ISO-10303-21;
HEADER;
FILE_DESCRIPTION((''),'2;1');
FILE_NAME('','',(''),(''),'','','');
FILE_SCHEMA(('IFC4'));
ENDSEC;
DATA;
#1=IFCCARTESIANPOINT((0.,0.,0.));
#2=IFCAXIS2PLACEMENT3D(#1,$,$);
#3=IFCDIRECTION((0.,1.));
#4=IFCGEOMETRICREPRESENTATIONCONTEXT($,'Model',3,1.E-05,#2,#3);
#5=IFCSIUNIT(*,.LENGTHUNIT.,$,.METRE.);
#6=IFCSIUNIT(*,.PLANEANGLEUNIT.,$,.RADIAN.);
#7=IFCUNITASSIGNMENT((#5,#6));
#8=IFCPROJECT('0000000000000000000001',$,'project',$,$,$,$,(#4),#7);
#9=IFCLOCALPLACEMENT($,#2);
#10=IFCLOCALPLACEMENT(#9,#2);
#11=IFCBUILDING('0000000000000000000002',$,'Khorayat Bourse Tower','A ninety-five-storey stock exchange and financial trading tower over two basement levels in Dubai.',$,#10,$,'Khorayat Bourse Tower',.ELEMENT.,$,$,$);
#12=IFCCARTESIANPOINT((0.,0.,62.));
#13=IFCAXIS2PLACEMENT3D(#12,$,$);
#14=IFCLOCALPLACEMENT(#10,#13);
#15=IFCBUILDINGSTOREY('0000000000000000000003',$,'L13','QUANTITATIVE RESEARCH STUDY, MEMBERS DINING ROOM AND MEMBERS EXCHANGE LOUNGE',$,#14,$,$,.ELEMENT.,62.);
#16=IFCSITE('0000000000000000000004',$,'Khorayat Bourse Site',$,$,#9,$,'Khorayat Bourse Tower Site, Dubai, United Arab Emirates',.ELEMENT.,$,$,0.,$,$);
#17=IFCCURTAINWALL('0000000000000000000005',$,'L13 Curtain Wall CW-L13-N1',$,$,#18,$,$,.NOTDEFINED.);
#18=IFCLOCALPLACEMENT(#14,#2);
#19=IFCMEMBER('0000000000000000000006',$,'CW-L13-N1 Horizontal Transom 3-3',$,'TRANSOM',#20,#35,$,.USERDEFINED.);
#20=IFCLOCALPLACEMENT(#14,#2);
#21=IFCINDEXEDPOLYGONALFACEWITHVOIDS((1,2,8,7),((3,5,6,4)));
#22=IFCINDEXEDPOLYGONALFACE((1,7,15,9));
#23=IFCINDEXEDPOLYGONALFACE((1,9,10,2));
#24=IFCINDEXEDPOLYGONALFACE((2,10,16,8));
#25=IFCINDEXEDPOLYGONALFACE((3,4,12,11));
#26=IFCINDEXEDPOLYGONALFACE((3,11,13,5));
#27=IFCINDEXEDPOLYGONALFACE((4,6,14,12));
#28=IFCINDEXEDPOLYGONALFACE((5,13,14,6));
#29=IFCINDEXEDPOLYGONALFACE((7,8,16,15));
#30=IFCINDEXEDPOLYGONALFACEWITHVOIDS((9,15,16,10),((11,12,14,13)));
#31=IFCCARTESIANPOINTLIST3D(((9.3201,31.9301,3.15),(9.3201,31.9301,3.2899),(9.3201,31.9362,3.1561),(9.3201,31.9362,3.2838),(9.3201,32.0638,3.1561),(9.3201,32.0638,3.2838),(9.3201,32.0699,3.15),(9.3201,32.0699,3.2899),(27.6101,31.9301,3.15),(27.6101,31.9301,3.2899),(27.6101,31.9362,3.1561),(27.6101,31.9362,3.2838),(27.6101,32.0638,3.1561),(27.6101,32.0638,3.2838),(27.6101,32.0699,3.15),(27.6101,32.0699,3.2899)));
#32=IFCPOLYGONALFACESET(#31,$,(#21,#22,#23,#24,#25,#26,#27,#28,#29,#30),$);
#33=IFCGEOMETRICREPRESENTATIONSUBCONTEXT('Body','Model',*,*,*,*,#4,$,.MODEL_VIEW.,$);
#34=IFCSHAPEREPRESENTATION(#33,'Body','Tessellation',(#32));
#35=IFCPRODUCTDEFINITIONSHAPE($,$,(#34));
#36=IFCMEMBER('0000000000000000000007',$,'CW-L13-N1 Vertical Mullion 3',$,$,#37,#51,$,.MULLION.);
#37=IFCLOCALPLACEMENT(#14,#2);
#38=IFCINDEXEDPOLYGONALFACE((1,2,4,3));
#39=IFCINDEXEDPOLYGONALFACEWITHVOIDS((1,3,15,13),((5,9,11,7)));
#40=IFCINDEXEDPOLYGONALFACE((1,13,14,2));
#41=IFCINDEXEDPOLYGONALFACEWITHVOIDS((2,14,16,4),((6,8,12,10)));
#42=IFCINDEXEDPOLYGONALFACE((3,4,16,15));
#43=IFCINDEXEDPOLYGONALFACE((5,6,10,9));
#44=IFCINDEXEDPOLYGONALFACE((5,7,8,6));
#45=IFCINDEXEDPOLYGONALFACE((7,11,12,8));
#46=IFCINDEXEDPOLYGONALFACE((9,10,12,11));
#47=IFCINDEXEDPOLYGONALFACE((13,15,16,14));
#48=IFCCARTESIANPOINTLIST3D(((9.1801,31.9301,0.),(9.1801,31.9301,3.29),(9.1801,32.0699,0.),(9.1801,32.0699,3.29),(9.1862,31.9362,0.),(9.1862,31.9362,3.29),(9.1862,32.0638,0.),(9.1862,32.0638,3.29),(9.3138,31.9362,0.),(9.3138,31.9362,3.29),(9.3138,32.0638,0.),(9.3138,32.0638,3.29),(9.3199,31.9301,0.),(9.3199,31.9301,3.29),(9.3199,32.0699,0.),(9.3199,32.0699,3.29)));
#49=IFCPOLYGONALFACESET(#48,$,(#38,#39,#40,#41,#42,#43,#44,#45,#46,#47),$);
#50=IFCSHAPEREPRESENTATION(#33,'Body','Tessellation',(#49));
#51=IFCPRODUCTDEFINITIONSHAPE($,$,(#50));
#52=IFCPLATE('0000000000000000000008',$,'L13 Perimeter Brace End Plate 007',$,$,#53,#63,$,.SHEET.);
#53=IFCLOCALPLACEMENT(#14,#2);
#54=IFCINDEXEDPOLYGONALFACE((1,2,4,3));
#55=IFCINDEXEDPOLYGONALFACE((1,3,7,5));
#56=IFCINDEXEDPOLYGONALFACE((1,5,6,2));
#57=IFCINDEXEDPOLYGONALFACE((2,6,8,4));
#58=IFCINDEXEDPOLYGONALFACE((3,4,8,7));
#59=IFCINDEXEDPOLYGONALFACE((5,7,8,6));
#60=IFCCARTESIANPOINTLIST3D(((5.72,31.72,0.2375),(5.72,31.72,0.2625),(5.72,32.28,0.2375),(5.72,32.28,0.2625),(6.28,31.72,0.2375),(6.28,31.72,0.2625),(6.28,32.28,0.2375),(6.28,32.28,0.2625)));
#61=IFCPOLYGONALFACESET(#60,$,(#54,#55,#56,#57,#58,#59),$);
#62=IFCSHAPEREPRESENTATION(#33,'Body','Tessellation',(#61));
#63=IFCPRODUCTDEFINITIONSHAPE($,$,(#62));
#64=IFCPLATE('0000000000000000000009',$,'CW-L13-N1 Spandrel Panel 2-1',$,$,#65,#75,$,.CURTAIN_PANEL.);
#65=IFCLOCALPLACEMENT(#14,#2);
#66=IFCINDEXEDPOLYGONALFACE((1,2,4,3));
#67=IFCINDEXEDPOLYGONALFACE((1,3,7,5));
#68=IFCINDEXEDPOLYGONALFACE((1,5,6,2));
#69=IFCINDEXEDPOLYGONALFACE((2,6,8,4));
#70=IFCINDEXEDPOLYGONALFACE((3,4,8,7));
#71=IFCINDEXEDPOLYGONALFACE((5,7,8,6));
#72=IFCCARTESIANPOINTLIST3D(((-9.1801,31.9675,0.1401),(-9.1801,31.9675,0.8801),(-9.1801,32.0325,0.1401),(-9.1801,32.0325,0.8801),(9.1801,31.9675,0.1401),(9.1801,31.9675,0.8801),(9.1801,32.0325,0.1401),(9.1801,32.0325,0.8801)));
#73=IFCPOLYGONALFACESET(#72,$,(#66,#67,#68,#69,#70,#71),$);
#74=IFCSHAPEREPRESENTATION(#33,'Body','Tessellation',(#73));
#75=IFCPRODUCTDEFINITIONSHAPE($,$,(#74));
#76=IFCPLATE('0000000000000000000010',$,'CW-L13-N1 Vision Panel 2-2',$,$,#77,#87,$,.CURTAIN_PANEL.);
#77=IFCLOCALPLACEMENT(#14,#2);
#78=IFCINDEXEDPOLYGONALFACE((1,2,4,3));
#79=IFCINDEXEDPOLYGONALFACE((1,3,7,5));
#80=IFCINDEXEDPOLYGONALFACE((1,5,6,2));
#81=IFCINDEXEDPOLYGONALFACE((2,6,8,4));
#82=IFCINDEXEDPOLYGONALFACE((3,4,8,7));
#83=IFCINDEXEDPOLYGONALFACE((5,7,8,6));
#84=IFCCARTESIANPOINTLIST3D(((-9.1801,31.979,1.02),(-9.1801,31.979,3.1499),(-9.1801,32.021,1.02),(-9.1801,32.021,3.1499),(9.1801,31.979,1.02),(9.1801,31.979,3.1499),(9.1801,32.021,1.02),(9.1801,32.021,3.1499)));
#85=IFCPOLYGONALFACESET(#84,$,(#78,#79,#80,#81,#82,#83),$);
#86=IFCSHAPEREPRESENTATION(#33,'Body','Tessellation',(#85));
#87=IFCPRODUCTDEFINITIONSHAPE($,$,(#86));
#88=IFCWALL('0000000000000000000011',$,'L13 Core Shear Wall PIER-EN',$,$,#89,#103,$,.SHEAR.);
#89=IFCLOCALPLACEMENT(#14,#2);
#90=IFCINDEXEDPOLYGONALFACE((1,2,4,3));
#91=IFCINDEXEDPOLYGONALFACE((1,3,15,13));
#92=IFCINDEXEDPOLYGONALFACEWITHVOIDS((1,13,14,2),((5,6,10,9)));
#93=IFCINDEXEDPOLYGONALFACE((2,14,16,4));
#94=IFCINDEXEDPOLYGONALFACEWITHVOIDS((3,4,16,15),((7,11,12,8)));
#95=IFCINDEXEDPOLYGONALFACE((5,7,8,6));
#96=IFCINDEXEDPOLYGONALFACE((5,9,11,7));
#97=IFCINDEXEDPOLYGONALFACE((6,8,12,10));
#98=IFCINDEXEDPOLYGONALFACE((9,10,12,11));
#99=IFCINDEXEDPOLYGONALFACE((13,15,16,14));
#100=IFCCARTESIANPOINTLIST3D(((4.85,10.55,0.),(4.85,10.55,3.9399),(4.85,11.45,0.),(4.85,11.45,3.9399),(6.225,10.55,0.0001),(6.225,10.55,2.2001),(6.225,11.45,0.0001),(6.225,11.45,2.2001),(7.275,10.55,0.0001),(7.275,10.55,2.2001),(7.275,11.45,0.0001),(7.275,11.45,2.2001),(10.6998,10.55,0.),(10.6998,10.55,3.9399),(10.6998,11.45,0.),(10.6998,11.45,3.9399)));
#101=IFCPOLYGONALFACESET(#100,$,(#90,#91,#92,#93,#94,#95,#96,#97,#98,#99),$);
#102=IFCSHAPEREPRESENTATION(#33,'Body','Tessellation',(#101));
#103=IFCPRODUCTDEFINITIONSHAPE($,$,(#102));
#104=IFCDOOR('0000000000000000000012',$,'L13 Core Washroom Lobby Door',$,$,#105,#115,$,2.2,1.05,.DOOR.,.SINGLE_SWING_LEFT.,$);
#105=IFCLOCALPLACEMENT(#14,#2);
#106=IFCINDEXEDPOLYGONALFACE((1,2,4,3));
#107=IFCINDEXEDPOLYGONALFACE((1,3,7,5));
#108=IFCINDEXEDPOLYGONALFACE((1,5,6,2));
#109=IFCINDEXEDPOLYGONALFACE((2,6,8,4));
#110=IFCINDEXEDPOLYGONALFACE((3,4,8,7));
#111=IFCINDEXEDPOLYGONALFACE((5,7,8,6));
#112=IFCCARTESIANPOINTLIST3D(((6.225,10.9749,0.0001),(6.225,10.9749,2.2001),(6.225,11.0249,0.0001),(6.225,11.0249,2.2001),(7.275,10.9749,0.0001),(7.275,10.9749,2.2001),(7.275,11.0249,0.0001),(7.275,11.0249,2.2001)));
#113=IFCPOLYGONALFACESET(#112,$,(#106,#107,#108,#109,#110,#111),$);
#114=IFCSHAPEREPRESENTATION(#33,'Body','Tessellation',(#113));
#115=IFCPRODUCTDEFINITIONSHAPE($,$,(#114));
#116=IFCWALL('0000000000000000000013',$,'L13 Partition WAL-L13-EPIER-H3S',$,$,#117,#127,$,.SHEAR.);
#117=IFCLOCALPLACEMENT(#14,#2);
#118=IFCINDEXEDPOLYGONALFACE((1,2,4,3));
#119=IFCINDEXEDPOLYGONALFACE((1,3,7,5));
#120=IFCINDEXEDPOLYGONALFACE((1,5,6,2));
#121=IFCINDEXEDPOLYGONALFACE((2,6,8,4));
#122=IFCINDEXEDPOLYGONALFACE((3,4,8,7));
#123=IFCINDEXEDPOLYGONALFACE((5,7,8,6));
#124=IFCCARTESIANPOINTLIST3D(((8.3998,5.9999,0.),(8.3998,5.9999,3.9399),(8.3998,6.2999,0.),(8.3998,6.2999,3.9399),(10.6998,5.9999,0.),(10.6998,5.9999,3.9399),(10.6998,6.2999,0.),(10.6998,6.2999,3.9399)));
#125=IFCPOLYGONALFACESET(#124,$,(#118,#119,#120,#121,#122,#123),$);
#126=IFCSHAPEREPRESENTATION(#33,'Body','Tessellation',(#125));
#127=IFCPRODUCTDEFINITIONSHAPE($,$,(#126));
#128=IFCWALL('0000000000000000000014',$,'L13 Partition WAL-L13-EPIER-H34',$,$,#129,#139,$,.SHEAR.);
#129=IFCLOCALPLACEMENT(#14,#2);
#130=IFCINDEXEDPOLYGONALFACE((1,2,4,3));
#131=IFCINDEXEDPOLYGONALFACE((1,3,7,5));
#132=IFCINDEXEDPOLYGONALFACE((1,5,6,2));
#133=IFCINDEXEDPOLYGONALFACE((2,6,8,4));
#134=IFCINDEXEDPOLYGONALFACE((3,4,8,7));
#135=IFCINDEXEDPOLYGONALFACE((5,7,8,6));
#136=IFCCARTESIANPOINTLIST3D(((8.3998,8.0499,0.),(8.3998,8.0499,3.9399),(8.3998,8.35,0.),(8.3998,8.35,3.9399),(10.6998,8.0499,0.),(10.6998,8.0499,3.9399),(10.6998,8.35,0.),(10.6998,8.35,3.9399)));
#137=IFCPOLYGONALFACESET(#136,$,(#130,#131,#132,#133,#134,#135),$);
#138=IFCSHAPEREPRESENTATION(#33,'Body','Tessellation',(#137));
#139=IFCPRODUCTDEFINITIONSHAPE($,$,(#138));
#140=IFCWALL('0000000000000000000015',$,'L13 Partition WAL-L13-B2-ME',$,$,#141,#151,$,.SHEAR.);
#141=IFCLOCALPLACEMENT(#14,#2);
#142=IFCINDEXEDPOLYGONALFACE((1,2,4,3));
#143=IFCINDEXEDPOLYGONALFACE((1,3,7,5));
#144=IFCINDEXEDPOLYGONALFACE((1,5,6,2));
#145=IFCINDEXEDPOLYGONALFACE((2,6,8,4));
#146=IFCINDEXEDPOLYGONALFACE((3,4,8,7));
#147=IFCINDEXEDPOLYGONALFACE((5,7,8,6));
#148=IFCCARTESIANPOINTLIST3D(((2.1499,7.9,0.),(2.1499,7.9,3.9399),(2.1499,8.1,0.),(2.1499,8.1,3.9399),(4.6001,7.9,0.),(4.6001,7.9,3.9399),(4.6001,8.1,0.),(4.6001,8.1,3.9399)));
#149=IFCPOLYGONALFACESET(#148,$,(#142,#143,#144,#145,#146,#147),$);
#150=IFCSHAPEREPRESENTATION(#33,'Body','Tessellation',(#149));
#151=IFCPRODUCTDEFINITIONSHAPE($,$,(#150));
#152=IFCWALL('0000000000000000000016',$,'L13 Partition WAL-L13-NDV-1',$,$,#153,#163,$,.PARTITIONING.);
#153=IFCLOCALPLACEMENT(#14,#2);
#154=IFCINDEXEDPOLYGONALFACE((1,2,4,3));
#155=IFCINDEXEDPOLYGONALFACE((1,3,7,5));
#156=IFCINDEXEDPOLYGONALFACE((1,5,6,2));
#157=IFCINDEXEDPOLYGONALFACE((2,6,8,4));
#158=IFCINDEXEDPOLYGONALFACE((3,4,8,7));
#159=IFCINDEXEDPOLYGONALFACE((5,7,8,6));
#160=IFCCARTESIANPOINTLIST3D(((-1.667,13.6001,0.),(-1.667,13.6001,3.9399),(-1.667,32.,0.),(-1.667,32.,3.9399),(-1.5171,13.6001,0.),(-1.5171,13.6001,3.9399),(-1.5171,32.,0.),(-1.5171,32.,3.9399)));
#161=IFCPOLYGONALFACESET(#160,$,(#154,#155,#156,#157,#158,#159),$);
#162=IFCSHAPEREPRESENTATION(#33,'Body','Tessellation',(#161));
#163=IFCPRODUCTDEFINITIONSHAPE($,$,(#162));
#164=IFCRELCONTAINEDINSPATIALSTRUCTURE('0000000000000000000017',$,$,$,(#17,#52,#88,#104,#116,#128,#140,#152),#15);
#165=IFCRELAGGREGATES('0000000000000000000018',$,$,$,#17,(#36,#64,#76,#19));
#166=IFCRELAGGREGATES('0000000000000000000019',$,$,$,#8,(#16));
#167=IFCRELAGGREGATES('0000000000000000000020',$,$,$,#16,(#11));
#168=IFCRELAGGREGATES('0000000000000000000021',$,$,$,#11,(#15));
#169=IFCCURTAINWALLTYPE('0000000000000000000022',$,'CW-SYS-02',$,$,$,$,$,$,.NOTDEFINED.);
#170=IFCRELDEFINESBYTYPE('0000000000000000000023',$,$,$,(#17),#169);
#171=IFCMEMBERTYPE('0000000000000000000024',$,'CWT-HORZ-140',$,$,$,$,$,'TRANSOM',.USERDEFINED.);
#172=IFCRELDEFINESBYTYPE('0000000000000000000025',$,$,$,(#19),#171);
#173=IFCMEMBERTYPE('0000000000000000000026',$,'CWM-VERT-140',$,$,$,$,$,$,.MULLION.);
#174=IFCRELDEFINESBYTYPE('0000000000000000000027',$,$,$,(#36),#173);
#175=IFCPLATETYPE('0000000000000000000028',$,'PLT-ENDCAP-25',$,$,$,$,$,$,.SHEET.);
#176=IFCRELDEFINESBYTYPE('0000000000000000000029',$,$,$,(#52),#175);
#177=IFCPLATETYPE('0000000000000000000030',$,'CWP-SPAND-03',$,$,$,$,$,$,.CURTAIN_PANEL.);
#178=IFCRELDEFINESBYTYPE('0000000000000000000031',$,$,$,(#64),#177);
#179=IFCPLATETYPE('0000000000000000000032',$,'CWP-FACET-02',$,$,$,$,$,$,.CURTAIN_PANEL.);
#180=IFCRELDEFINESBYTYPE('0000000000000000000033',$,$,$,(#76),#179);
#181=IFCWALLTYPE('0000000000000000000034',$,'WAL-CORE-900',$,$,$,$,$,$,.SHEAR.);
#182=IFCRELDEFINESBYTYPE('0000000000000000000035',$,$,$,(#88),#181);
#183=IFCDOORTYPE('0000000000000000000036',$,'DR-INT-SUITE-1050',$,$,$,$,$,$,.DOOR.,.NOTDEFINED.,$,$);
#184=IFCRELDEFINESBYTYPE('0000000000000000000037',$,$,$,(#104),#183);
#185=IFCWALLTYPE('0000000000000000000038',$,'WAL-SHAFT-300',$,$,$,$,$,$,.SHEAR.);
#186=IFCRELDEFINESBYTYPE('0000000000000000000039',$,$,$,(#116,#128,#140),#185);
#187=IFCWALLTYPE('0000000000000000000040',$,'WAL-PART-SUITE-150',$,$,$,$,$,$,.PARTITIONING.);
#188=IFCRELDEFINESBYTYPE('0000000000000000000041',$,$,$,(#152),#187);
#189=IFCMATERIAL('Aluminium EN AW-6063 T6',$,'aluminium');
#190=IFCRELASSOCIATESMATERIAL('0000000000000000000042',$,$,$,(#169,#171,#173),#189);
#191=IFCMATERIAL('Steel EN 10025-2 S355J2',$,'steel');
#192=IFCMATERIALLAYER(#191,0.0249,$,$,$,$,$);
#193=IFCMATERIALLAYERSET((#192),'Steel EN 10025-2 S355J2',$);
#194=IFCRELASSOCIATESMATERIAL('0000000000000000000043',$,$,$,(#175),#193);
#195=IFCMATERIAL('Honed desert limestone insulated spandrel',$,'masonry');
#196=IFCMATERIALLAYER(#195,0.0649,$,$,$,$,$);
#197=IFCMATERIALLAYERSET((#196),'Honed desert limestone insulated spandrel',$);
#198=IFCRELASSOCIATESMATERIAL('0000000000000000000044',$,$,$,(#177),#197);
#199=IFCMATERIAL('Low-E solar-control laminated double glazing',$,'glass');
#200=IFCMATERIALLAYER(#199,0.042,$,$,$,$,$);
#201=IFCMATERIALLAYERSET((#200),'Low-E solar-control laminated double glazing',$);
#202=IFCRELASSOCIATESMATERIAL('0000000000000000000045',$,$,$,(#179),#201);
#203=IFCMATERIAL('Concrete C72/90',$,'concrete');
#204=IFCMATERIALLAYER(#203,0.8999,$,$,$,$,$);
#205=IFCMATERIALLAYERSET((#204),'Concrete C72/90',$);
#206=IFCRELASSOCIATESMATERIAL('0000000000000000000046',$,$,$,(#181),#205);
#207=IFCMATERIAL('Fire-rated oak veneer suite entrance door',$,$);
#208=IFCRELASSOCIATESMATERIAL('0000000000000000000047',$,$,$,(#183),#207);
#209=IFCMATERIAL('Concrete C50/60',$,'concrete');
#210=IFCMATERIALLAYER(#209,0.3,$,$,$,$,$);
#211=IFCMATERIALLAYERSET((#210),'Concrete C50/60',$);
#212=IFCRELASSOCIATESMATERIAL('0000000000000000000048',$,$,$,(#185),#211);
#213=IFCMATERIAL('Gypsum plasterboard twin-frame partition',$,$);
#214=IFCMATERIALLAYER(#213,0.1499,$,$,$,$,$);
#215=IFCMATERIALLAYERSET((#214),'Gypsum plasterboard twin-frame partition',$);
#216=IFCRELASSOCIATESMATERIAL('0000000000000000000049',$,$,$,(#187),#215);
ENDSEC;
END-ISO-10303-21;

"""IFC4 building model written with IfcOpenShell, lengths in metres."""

from ifc_helpers import new_model, si_unit, direction, frame, frame_2d, origin, origin_2d, place, context, subcontext, project, spatial, rectangle, hollow_rectangle, extrude, source, transform, mapped, material, layer, layer_set, material_profile, profile_set, type_object, element, fill, aggregate, save


model = new_model("IFC4")

# Units and contexts
model_context = context("Model", 3, precision=1e-05, world=origin(), true_north=direction((0.0, 1.0)))
body_context = subcontext(model_context, "Body", "Model", "MODEL_VIEW")
ifc_project = project(units=[si_unit("LENGTHUNIT", "METRE"), si_unit("PLANEANGLEUNIT", "RADIAN")], contexts=[model_context])

# Site, building, storey
site_placement = place(None, origin())
site = spatial("IfcSite", under=ifc_project, at=site_placement, Name="Khorayat Bourse Site", LongName="Khorayat Bourse Tower Site, Dubai, United Arab Emirates", CompositionType="ELEMENT", RefElevation=0.0)
building_placement = place(site_placement, origin())
building = spatial("IfcBuilding", under=site, at=building_placement, Name="Khorayat Bourse Tower", Description="A ninety-five-storey stock exchange and financial trading tower over two basement levels in Dubai.", LongName="Khorayat Bourse Tower", CompositionType="ELEMENT")
storey_placement = place(building_placement, frame((0.0, 0.0, 62.0)))
storey = spatial("IfcBuildingStorey", under=building, at=storey_placement, Name="L13", Description="QUANTITATIVE RESEARCH STUDY, MEMBERS DINING ROOM AND MEMBERS EXCHANGE LOUNGE", CompositionType="ELEMENT", Elevation=62.0)

# Shared definitions
ifc_material_1 = material(Name="Concrete C72/90", Category="concrete")

# Curtain wall, members
ifc_material_2 = material(Name="Aluminium EN AW-6063 T6", Category="aluminium")
curtain_wall_type = type_object("IfcCurtainWallType", Name="CW-SYS-02", PredefinedType="NOTDEFINED", material=ifc_material_2)
curtain_wall_placement = place(storey_placement, origin())
curtain_wall = element("IfcCurtainWall", 1, at=curtain_wall_placement, inside=storey, type_object=curtain_wall_type, Name="L13 Curtain Wall CW-L13-N1", PredefinedType="NOTDEFINED")
ifc_material_profile_1 = material_profile(ifc_material_2, hollow_rectangle(XDim=0.1399, YDim=0.1399, WallThickness=0.0061, at=origin_2d()), Name="ALU 140x140x6")
ifc_profile_set_1 = profile_set([ifc_material_profile_1], Name="Aluminium EN AW-6063 T6")
member_type_1 = type_object("IfcMemberType", Name="CWT-HORZ-140", ElementType="TRANSOM", PredefinedType="USERDEFINED", material=ifc_profile_set_1)
shared_shape_1 = source(origin(), body_context, "Body", "SweptSolid", [
    extrude(hollow_rectangle(XDim=0.1399, YDim=0.1399, WallThickness=0.0061, at=origin_2d()), origin(), (0.0, 0.0, 1.0), 18.29),
])
member_1_placement = place(storey_placement, frame((9.3201, 32.0, 3.22), z_axis=(1.0, 0.0, 0.0), x_axis=(0.0, 1.0, 0.0)))
member_1 = element("IfcMember", 2, at=member_1_placement, type_object=member_type_1, Name="CW-L13-N1 Horizontal Transom 3-3", ObjectType="TRANSOM", PredefinedType="USERDEFINED", context=body_context, shape_type="MappedRepresentation", body=[
    mapped(shared_shape_1, transform((0.0, 0.0, 0.0), scale=1.0)),
])
ifc_material_profile_2 = material_profile(ifc_material_2, hollow_rectangle(XDim=0.1399, YDim=0.1399, WallThickness=0.0061, at=origin_2d()), Name="ALU 140x140x6")
ifc_profile_set_2 = profile_set([ifc_material_profile_2], Name="Aluminium EN AW-6063 T6")
member_type_2 = type_object("IfcMemberType", Name="CWM-VERT-140", PredefinedType="MULLION", material=ifc_profile_set_2)
shared_shape_2 = source(origin(), body_context, "Body", "SweptSolid", [
    extrude(hollow_rectangle(XDim=0.1399, YDim=0.1399, WallThickness=0.0061, at=origin_2d()), origin(), (0.0, 0.0, 1.0), 3.29),
])
member_2_placement = place(storey_placement, frame((9.25, 32.0, 0.0), z_axis=(0.0, 0.0, 1.0), x_axis=(0.0, 1.0, 0.0)))
member_2 = element("IfcMember", 3, at=member_2_placement, type_object=member_type_2, Name="CW-L13-N1 Vertical Mullion 3", PredefinedType="MULLION", context=body_context, shape_type="MappedRepresentation", body=[
    mapped(shared_shape_2, transform((0.0, 0.0, 0.0), scale=1.0)),
])

# Plates
ifc_material_3 = material(Name="Steel EN 10025-2 S355J2", Category="steel")
ifc_layer_1 = layer(ifc_material_3, 0.0249)
ifc_layer_set_1 = layer_set([ifc_layer_1], Name="Steel EN 10025-2 S355J2")
plate_type_1 = type_object("IfcPlateType", Name="PLT-ENDCAP-25", PredefinedType="SHEET", material=ifc_layer_set_1)
shared_shape_3 = source(origin(), body_context, "Body", "SweptSolid", [
    extrude(rectangle(XDim=0.5601, YDim=0.5601, at=origin_2d()), origin(), (0.0, 0.0, 1.0), 0.0249),
])
plate_1_placement = place(storey_placement, frame((6.0, 32.0, 0.2375), z_axis=(0.0, 0.0, 1.0), x_axis=(1.0, 0.0, 0.0)))
element("IfcPlate", 4, at=plate_1_placement, inside=storey, type_object=plate_type_1, Name="L13 Perimeter Brace End Plate 007", PredefinedType="SHEET", context=body_context, shape_type="MappedRepresentation", body=[
    mapped(shared_shape_3, transform((0.0, 0.0, 0.0), scale=1.0)),
])
ifc_material_4 = material(Name="Honed desert limestone insulated spandrel", Category="masonry")
ifc_layer_2 = layer(ifc_material_4, 0.0649)
ifc_layer_set_2 = layer_set([ifc_layer_2], Name="Honed desert limestone insulated spandrel")
plate_type_2 = type_object("IfcPlateType", Name="CWP-SPAND-03", PredefinedType="CURTAIN_PANEL", material=ifc_layer_set_2)
shared_shape_4 = source(origin(), body_context, "Body", "SweptSolid", [
    extrude(rectangle(XDim=18.3601, YDim=0.0649, at=origin_2d()), origin(), (0.0, 0.0, 1.0), 0.74),
])
plate_2_placement = place(storey_placement, frame((0.0, 32.0, 0.1401), z_axis=(0.0, 0.0, 1.0), x_axis=(1.0, 0.0, 0.0)))
plate_2 = element("IfcPlate", 5, at=plate_2_placement, type_object=plate_type_2, Name="CW-L13-N1 Spandrel Panel 2-1", PredefinedType="CURTAIN_PANEL", context=body_context, shape_type="MappedRepresentation", body=[
    mapped(shared_shape_4, transform((0.0, 0.0, 0.0), scale=1.0)),
])
ifc_material_5 = material(Name="Low-E solar-control laminated double glazing", Category="glass")
ifc_layer_3 = layer(ifc_material_5, 0.042)
ifc_layer_set_3 = layer_set([ifc_layer_3], Name="Low-E solar-control laminated double glazing")
plate_type_3 = type_object("IfcPlateType", Name="CWP-FACET-02", PredefinedType="CURTAIN_PANEL", material=ifc_layer_set_3)
shared_shape_5 = source(origin(), body_context, "Body", "SweptSolid", [
    extrude(rectangle(XDim=18.3601, YDim=0.042, at=origin_2d()), origin(), (0.0, 0.0, 1.0), 2.1299),
])
plate_3_placement = place(storey_placement, frame((0.0, 32.0, 1.02), z_axis=(0.0, 0.0, 1.0), x_axis=(1.0, 0.0, 0.0)))
plate_3 = element("IfcPlate", 6, at=plate_3_placement, type_object=plate_type_3, Name="CW-L13-N1 Vision Panel 2-2", PredefinedType="CURTAIN_PANEL", context=body_context, shape_type="MappedRepresentation", body=[
    mapped(shared_shape_5, transform((0.0, 0.0, 0.0), scale=1.0)),
])
aggregate(curtain_wall, [member_2, plate_2, plate_3, member_1])

# Wall, opening, door
ifc_layer_4 = layer(ifc_material_1, 0.8999)
ifc_layer_set_4 = layer_set([ifc_layer_4], Name="Concrete C72/90")
wall_type_1 = type_object("IfcWallType", Name="WAL-CORE-900", PredefinedType="SHEAR", material=ifc_layer_set_4)
shared_shape_6 = source(origin(), body_context, "Body", "SweptSolid", [
    extrude(rectangle(XDim=5.8499, YDim=0.8999, at=frame_2d((2.9248, 0.0))), origin(), (0.0, 0.0, 1.0), 3.9399),
])
wall_1_placement = place(storey_placement, frame((4.8501, 11.0, 0.0), z_axis=(0.0, 0.0, 1.0), x_axis=(1.0, 0.0, 0.0)))
wall_1 = element("IfcWall", 7, at=wall_1_placement, inside=storey, type_object=wall_type_1, Name="L13 Core Shear Wall PIER-EN", PredefinedType="SHEAR", context=body_context, shape_type="MappedRepresentation", body=[
    mapped(shared_shape_6, transform((0.0, 0.0, 0.0), scale=1.0)),
])
shared_shape_7 = source(origin(), body_context, "Body", "SweptSolid", [
    extrude(rectangle(XDim=1.05, YDim=2.2, at=frame_2d((0.5249, 1.1001))), frame((0.0, 0.46, 0.0), z_axis=(0.0, -1.0, 0.0), x_axis=(1.0, 0.0, 0.0)), (0.0, 0.0, 1.0), 0.9199),
])
opening_1_placement = place(wall_1_placement, frame((1.375, 0.0, 0.0)))
opening_1 = element("IfcOpeningElement", 8, at=opening_1_placement, cuts=wall_1, PredefinedType="OPENING", context=body_context, shape_type="MappedRepresentation", body=[
    mapped(shared_shape_7, transform((0.0, 0.0, 0.0), scale=1.0)),
])
ifc_material_6 = material(Name="Fire-rated oak veneer suite entrance door")
door_type_1 = type_object("IfcDoorType", Name="DR-INT-SUITE-1050", OperationType="NOTDEFINED", PredefinedType="DOOR", material=ifc_material_6)
shared_shape_8 = source(origin(), body_context, "Body", "SweptSolid", [
    extrude(rectangle(XDim=1.05, YDim=2.2, at=frame_2d((0.5249, 1.1001))), frame((0.0, 0.0249, 0.0), z_axis=(0.0, -1.0, 0.0), x_axis=(1.0, 0.0, 0.0)), (0.0, 0.0, 1.0), 0.05),
])
door_1_placement = place(opening_1_placement, origin())
door_1 = element("IfcDoor", 9, at=door_1_placement, inside=storey, type_object=door_type_1, Name="L13 Core Washroom Lobby Door", OperationType="SINGLE_SWING_LEFT", OverallHeight=2.2, OverallWidth=1.05, PredefinedType="DOOR", context=body_context, shape_type="MappedRepresentation", body=[
    mapped(shared_shape_8, transform((0.0, 0.0, 0.0), scale=1.0)),
])
fill(opening_1, door_1)

# Walls
ifc_material_7 = material(Name="Concrete C50/60", Category="concrete")
ifc_layer_5 = layer(ifc_material_7, 0.3)
ifc_layer_set_5 = layer_set([ifc_layer_5], Name="Concrete C50/60")
wall_type_2 = type_object("IfcWallType", Name="WAL-SHAFT-300", PredefinedType="SHEAR", material=ifc_layer_set_5)
shared_shape_9 = source(origin(), body_context, "Body", "SweptSolid", [
    extrude(rectangle(XDim=2.3, YDim=0.3, at=frame_2d((1.1499, 0.0))), origin(), (0.0, 0.0, 1.0), 3.9399),
])
for number, where, z_axis, x_axis, name in (
    (10, (8.3999, 6.1499, 0.0), (0.0, 0.0, 1.0), (1.0, 0.0, 0.0), "L13 Partition WAL-L13-EPIER-H3S"),
    (11, (8.3999, 8.2, 0.0), (0.0, 0.0, 1.0), (1.0, 0.0, 0.0), "L13 Partition WAL-L13-EPIER-H34"),
):
    element("IfcWall", number, at=place(storey_placement, frame(where, z_axis=z_axis, x_axis=x_axis)), inside=storey, type_object=wall_type_2, Name=name, PredefinedType="SHEAR", context=body_context, shape_type="MappedRepresentation", body=[
        mapped(shared_shape_9, transform((0.0, 0.0, 0.0), scale=1.0)),
    ])

# Walls
shared_shape_10 = source(origin(), body_context, "Body", "SweptSolid", [
    extrude(rectangle(XDim=2.4502, YDim=0.2, at=frame_2d((1.2251, 0.0))), origin(), (0.0, 0.0, 1.0), 3.9399),
])
wall_2_placement = place(storey_placement, frame((2.1499, 8.0, 0.0), z_axis=(0.0, 0.0, 1.0), x_axis=(1.0, 0.0, 0.0)))
element("IfcWall", 12, at=wall_2_placement, inside=storey, type_object=wall_type_2, Name="L13 Partition WAL-L13-B2-ME", PredefinedType="SHEAR", context=body_context, shape_type="MappedRepresentation", body=[
    mapped(shared_shape_10, transform((0.0, 0.0, 0.0), scale=1.0)),
])
ifc_material_8 = material(Name="Gypsum plasterboard twin-frame partition")
ifc_layer_6 = layer(ifc_material_8, 0.1499)
ifc_layer_set_6 = layer_set([ifc_layer_6], Name="Gypsum plasterboard twin-frame partition")
wall_type_3 = type_object("IfcWallType", Name="WAL-PART-SUITE-150", PredefinedType="PARTITIONING", material=ifc_layer_set_6)
shared_shape_11 = source(origin(), body_context, "Body", "SweptSolid", [
    extrude(rectangle(XDim=18.3999, YDim=0.1499, at=frame_2d((9.2, 0.0))), origin(), (0.0, 0.0, 1.0), 3.9399),
])
wall_3_placement = place(storey_placement, frame((-1.592, 13.6001, 0.0), z_axis=(0.0, 0.0, 1.0), x_axis=(0.0, 1.0, 0.0)))
element("IfcWall", 13, at=wall_3_placement, inside=storey, type_object=wall_type_3, Name="L13 Partition WAL-L13-NDV-1", PredefinedType="PARTITIONING", context=body_context, shape_type="MappedRepresentation", body=[
    mapped(shared_shape_11, transform((0.0, 0.0, 0.0), scale=1.0)),
])

save(model, "model.ifc")
